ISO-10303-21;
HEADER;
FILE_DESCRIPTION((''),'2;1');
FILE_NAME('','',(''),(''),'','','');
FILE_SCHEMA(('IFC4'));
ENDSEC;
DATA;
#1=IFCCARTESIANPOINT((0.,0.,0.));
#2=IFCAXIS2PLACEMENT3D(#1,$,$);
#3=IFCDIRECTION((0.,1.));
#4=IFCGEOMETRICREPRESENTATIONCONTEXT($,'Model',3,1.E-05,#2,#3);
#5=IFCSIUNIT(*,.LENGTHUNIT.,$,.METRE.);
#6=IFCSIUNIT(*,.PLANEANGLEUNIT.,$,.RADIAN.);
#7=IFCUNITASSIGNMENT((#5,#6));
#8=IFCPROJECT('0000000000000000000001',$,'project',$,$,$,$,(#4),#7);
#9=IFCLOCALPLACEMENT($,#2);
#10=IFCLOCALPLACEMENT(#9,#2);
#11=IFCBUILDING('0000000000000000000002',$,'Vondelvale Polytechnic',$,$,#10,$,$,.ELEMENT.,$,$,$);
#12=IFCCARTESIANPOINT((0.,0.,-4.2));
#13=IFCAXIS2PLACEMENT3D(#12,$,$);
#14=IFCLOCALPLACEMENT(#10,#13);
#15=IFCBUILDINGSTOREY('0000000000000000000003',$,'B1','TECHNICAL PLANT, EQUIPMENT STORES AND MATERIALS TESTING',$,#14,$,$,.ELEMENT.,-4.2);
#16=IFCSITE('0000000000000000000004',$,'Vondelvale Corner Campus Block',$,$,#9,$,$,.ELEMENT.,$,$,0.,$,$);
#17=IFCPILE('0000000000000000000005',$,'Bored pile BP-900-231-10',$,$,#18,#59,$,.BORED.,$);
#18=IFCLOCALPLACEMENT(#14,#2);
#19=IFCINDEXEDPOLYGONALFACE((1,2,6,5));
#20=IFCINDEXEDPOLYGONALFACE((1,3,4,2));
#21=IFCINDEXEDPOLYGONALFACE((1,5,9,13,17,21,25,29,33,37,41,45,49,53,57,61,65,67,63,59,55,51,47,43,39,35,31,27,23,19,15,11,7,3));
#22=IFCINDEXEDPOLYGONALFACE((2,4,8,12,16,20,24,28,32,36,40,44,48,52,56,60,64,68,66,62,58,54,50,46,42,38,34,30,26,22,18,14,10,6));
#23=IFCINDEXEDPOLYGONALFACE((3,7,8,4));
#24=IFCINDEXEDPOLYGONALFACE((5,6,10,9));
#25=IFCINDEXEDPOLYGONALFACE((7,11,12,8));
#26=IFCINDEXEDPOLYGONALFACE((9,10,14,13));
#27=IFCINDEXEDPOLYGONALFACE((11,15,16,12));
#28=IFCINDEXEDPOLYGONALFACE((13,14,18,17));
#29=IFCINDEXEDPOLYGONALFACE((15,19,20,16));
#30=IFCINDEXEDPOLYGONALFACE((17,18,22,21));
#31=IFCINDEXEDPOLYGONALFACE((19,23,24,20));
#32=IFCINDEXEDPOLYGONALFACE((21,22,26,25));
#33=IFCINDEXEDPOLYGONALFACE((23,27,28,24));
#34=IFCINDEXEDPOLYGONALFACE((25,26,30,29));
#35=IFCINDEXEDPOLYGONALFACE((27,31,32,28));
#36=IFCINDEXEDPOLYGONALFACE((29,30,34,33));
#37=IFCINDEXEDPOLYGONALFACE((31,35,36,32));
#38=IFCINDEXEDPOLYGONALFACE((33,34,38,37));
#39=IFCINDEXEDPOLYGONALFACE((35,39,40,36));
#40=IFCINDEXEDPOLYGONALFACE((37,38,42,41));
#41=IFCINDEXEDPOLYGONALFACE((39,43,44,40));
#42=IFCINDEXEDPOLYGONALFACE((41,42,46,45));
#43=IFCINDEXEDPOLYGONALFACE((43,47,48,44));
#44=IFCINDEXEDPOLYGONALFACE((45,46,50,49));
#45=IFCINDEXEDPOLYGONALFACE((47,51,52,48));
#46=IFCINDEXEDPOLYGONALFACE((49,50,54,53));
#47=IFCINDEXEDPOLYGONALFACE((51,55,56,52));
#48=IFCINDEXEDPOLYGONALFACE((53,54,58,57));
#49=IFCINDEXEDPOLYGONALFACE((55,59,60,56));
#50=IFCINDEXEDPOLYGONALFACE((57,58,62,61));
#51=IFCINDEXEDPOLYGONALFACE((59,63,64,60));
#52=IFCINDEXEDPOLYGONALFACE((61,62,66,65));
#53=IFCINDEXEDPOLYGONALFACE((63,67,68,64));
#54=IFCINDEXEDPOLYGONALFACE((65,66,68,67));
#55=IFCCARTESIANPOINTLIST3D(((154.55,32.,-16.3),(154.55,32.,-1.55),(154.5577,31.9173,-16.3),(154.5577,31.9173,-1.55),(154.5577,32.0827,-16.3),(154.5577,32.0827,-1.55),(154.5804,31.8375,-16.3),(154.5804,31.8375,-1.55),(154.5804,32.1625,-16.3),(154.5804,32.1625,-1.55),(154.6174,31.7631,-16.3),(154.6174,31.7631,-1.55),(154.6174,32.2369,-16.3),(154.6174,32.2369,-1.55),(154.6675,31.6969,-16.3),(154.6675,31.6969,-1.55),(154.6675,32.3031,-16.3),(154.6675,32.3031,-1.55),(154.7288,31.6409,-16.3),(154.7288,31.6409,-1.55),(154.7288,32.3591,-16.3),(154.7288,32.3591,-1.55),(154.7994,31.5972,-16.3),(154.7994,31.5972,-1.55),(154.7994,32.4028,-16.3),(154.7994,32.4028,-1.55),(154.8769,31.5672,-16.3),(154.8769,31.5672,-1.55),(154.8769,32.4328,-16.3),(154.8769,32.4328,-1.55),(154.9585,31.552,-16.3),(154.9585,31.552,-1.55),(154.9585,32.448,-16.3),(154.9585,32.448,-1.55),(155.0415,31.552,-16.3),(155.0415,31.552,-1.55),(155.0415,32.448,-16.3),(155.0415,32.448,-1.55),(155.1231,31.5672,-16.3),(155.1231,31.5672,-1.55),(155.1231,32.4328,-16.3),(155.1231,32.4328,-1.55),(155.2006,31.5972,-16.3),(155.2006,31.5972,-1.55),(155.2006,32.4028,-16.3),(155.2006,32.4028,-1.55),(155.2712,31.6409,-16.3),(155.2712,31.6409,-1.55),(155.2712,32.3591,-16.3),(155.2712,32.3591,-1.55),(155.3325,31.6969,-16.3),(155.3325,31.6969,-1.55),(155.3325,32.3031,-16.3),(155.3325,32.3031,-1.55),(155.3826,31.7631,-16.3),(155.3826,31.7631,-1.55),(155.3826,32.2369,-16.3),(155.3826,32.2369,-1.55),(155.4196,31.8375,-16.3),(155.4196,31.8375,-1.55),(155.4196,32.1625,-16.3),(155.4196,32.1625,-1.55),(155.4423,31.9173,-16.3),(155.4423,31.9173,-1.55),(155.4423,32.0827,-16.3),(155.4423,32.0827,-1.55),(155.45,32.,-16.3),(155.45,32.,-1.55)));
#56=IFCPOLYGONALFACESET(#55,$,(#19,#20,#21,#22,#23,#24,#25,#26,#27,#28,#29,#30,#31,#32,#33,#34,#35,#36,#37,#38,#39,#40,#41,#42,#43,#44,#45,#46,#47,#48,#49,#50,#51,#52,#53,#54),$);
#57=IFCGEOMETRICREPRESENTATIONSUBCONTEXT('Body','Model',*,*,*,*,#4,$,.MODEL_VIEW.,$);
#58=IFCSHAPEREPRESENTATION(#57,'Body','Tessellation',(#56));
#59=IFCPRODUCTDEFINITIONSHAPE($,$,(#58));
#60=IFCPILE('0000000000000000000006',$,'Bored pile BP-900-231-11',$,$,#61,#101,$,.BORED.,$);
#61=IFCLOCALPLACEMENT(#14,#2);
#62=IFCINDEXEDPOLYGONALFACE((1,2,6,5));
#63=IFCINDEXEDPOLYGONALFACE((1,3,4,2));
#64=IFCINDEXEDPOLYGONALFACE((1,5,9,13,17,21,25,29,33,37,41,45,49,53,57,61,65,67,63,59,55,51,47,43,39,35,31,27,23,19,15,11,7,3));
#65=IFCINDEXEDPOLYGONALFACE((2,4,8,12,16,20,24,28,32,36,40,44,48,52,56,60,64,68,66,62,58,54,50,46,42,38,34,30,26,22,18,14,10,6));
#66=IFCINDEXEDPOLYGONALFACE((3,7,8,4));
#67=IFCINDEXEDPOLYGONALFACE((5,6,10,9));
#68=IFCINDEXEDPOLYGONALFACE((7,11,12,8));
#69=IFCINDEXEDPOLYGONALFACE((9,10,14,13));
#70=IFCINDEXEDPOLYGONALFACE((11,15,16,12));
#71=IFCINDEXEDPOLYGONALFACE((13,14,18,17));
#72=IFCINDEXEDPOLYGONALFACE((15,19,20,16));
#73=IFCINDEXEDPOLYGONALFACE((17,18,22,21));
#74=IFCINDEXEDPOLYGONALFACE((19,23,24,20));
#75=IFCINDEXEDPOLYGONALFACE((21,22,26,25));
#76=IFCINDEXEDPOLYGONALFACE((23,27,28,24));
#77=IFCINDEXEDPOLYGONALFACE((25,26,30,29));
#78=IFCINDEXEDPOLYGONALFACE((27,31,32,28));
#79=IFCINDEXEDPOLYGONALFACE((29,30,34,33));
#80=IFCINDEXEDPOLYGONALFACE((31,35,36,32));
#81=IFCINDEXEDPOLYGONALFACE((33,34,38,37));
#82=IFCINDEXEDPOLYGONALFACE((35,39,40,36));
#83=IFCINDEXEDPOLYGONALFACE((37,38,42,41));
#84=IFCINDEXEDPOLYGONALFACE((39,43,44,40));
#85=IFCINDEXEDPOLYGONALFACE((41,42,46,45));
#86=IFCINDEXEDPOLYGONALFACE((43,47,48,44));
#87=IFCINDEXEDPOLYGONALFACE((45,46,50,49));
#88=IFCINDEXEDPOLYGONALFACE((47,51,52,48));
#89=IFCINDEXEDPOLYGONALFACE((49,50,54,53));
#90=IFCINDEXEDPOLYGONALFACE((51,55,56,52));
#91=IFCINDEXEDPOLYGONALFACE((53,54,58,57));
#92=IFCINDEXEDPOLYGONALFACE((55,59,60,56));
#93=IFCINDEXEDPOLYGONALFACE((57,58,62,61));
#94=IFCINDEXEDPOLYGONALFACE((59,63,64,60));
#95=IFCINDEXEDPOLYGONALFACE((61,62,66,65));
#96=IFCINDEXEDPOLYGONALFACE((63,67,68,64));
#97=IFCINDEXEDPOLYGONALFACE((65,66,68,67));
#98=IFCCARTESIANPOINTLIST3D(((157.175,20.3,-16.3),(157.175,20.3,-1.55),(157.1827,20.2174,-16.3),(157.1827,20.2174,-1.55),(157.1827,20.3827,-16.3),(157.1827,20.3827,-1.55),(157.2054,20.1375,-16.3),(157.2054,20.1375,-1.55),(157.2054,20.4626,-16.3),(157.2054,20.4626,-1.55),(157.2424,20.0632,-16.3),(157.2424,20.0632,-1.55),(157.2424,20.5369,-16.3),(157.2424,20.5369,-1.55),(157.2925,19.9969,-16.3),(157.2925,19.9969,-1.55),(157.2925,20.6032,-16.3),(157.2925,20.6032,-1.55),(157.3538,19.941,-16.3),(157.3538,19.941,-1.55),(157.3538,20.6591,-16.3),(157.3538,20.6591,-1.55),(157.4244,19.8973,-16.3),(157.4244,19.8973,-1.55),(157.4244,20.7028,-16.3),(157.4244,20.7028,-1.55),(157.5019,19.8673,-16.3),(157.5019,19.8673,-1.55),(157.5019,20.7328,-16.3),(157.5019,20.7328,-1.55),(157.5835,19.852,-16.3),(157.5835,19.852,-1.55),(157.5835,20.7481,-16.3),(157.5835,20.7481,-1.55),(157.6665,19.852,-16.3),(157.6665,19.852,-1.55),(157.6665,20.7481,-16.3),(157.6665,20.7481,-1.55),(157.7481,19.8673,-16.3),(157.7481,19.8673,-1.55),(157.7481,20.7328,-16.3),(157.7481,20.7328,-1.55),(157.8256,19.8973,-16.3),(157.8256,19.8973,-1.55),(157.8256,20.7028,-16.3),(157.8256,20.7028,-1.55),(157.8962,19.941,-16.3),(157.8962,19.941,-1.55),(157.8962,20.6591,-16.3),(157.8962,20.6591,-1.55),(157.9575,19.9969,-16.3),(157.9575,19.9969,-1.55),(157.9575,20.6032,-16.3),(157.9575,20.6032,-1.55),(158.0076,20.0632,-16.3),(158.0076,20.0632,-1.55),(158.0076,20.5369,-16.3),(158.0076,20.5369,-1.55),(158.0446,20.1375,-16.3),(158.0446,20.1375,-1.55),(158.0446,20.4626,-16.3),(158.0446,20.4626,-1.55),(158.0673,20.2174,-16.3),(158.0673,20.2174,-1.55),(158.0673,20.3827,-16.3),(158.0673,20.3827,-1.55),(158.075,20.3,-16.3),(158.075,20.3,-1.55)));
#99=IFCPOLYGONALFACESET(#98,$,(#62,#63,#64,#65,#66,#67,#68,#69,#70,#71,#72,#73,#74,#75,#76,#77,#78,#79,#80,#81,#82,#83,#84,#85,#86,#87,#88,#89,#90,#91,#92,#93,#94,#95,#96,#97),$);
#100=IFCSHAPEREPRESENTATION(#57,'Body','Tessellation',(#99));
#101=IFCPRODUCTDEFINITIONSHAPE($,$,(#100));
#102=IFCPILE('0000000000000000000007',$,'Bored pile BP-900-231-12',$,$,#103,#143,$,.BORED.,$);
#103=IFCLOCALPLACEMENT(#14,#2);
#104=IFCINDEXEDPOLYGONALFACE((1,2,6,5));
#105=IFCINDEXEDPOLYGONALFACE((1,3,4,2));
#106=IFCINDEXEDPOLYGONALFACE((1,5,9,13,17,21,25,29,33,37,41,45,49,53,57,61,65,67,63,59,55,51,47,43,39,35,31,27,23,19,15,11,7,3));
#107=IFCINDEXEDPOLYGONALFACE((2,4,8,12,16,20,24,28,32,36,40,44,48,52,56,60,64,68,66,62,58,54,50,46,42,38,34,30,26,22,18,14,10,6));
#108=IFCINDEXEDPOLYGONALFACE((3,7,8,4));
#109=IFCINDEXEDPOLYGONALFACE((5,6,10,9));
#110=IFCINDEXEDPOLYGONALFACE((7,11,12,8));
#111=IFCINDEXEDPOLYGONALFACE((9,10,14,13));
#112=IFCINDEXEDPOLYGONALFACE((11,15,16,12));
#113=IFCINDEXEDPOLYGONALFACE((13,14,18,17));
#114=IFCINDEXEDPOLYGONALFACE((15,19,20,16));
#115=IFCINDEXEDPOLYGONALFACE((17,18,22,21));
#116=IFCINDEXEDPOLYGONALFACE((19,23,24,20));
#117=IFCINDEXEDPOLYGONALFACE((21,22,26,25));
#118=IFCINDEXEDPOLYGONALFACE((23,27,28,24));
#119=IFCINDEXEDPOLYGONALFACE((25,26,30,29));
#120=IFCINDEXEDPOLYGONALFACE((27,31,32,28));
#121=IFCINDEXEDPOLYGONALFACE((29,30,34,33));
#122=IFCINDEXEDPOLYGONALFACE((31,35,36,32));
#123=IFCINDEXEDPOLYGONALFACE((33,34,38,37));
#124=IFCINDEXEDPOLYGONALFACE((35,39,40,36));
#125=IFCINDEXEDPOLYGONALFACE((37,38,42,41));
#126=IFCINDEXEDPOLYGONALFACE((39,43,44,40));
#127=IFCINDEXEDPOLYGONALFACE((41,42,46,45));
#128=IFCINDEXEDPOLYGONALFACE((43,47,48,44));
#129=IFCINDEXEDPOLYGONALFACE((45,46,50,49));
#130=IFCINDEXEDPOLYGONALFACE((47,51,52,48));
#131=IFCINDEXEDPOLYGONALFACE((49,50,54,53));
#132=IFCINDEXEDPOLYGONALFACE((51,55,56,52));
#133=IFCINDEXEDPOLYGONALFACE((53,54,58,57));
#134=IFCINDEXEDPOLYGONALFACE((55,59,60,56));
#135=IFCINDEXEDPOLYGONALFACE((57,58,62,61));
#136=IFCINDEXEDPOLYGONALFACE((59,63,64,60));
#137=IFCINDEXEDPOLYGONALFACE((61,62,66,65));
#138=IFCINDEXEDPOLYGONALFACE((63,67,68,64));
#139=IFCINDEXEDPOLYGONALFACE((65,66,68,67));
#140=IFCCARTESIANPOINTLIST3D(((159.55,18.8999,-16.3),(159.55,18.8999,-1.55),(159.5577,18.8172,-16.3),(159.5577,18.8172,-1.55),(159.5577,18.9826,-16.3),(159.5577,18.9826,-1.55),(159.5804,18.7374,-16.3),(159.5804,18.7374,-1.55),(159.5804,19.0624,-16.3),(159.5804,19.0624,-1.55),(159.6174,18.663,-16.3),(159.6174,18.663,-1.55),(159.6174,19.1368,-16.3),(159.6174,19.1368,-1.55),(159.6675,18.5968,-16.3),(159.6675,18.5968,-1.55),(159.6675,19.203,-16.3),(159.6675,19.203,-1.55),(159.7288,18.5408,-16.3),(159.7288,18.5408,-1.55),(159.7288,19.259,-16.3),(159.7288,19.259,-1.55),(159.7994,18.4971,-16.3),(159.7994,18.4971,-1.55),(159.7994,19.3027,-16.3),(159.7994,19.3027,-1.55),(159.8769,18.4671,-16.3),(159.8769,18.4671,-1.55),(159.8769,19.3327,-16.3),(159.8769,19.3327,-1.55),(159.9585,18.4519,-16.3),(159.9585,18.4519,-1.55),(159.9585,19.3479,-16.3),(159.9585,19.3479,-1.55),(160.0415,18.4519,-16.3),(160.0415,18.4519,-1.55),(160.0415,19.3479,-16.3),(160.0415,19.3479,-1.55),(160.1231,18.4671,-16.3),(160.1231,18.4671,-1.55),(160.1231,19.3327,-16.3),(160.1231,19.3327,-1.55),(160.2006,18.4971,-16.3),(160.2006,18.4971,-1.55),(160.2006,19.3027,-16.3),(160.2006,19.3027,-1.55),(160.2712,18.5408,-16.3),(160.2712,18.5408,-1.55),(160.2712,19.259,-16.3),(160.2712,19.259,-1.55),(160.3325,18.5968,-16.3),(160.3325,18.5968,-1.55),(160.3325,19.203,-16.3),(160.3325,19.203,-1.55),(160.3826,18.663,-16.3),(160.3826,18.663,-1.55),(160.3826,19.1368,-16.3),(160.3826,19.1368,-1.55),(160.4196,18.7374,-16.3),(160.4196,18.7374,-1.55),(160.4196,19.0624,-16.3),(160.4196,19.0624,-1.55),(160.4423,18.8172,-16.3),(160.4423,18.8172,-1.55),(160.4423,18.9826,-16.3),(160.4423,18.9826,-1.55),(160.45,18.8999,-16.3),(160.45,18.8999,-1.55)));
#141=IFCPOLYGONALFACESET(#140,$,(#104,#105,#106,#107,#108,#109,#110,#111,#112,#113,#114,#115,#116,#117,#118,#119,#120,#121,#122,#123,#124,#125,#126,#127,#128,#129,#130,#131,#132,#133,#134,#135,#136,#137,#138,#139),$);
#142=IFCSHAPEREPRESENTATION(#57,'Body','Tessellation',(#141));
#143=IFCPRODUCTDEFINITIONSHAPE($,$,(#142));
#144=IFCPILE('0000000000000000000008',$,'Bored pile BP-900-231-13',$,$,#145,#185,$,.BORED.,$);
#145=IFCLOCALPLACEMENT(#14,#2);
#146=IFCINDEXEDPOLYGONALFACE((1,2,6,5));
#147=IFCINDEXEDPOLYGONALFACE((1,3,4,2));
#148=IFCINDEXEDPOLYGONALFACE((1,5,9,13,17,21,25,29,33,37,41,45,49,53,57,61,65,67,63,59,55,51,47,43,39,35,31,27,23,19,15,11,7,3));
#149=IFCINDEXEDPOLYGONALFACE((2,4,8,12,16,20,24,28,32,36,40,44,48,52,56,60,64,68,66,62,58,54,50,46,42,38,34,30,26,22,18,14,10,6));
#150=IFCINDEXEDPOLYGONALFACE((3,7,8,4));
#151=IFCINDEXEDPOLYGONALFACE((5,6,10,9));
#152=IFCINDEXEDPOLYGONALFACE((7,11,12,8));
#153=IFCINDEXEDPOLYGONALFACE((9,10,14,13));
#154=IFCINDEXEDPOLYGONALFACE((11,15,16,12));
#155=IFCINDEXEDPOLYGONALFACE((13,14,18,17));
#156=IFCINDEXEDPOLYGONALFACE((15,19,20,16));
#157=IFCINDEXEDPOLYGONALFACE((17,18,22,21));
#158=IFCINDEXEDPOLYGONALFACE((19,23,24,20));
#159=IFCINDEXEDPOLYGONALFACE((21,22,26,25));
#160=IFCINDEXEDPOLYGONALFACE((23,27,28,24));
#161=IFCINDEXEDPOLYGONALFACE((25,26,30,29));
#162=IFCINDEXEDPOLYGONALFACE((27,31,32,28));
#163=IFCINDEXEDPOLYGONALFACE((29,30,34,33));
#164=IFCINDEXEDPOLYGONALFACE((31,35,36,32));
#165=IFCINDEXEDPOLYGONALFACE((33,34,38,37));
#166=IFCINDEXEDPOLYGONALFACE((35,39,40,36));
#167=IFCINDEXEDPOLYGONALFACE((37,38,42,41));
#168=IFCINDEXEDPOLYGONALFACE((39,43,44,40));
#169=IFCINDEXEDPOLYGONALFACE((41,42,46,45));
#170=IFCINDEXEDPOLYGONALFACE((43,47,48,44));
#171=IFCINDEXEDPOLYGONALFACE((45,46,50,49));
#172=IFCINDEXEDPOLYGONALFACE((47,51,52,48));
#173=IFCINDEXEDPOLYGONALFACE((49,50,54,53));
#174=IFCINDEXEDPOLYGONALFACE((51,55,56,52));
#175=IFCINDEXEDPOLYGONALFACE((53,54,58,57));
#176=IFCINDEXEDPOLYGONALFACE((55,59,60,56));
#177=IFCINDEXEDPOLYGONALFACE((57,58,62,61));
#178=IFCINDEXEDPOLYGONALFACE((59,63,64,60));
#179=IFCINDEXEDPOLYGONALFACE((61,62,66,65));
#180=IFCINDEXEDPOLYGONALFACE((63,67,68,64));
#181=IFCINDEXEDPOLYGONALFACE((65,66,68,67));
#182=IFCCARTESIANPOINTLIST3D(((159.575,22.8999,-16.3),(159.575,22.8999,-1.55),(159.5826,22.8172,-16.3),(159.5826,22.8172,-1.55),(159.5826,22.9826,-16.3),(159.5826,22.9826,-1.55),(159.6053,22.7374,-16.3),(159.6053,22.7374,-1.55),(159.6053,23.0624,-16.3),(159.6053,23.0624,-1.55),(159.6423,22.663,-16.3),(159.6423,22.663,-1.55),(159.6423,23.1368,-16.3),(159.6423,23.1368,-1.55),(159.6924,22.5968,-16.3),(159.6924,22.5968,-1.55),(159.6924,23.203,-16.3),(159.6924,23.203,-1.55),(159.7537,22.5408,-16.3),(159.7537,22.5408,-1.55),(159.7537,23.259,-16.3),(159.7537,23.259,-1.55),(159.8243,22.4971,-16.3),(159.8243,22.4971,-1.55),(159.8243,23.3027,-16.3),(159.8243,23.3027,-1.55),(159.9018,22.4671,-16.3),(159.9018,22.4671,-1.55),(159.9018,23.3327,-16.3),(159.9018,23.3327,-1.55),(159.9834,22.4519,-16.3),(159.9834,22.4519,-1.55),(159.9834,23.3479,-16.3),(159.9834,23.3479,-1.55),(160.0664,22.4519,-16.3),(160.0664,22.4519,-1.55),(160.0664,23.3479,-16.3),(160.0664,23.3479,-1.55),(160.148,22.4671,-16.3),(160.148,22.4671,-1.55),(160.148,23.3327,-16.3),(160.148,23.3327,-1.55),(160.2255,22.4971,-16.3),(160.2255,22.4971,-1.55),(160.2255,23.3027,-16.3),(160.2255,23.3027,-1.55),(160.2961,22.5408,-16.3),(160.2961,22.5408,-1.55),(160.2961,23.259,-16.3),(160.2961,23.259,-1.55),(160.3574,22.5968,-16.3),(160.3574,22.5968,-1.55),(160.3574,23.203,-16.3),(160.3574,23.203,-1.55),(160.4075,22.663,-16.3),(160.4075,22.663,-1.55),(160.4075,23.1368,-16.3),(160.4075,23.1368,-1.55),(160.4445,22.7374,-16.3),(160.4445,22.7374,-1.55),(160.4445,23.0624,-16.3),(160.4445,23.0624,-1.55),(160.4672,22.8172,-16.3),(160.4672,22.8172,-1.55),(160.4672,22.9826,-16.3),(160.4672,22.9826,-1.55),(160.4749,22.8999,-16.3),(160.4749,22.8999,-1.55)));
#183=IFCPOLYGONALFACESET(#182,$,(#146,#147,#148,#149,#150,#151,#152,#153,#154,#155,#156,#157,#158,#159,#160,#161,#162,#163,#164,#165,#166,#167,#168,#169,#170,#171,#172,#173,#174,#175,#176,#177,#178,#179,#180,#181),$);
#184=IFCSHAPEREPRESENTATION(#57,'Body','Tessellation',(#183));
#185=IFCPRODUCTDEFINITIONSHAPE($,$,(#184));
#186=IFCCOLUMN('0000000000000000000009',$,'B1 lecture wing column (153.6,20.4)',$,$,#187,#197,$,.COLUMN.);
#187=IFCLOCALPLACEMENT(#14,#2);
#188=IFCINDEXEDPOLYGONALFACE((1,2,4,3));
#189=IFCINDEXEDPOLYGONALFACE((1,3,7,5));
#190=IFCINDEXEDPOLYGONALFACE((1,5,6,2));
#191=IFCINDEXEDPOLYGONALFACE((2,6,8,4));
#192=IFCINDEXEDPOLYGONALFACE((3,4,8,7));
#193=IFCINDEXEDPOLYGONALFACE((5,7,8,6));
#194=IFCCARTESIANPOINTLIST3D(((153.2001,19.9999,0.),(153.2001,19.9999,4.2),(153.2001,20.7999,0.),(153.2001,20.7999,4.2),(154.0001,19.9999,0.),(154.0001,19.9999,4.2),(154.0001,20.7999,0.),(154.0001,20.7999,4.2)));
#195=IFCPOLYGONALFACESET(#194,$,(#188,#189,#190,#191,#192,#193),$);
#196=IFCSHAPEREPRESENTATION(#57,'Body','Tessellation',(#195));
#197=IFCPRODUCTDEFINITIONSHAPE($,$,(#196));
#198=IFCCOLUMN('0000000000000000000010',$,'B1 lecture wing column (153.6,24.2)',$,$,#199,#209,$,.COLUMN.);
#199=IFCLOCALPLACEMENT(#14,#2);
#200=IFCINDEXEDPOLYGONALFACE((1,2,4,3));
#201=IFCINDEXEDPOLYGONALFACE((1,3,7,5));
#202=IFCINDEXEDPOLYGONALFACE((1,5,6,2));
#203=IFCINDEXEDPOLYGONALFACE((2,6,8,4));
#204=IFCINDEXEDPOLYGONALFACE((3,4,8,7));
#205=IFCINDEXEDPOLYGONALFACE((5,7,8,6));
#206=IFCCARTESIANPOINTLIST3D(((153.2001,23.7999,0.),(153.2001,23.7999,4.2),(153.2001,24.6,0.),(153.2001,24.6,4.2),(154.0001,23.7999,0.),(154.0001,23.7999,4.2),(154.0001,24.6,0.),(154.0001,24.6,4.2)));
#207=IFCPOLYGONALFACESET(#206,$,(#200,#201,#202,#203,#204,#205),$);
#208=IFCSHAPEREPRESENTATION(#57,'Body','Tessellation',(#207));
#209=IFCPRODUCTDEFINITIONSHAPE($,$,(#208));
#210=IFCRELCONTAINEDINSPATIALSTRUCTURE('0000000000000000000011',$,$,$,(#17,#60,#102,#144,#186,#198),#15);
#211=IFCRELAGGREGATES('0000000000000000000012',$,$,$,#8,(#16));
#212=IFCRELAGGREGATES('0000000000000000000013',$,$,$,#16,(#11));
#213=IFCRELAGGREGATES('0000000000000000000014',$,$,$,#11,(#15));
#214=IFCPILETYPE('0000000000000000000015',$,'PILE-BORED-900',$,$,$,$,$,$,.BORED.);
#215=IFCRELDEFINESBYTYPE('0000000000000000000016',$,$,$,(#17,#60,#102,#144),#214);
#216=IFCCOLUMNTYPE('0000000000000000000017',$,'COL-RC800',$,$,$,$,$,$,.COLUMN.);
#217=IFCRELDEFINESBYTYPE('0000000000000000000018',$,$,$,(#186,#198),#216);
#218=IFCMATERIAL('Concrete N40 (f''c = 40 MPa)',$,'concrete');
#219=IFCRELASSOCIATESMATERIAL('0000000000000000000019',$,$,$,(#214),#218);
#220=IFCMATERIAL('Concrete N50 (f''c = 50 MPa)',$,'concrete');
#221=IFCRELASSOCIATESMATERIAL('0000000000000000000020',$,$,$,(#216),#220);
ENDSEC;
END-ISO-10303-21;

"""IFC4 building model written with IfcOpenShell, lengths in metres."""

from ifc_helpers import new_model, si_unit, direction, frame, origin, origin_2d, place, context, subcontext, project, spatial, rectangle, circle, extrude, material, material_profile, profile_set, type_object, element, save


model = new_model("IFC4")

# Units and contexts
model_context = context("Model", 3, precision=1e-05, world=origin(), true_north=direction((0.0, 1.0)))
body_context = subcontext(model_context, "Body", "Model", "MODEL_VIEW")
ifc_project = project(units=[si_unit("LENGTHUNIT", "METRE"), si_unit("PLANEANGLEUNIT", "RADIAN")], contexts=[model_context])

# Site, building, storey
site_placement = place(None, origin())
site = spatial("IfcSite", under=ifc_project, at=site_placement, Name="Vondelvale Corner Campus Block", CompositionType="ELEMENT", RefElevation=0.0)
building_placement = place(site_placement, origin())
building = spatial("IfcBuilding", under=site, at=building_placement, Name="Vondelvale Polytechnic", CompositionType="ELEMENT")
storey_placement = place(building_placement, frame((0.0, 0.0, -4.2)))
storey = spatial("IfcBuildingStorey", under=building, at=storey_placement, Name="B1", Description="TECHNICAL PLANT, EQUIPMENT STORES AND MATERIALS TESTING", CompositionType="ELEMENT", Elevation=-4.2)

# Shared definitions
ifc_material_1 = material(Name="Concrete N40 (f'c = 40 MPa)", Category="concrete")

# Piles
ifc_material_profile_1 = material_profile(ifc_material_1, circle(Radius=0.45, at=origin_2d()), Name="PILE-D900")
ifc_profile_set_1 = profile_set([ifc_material_profile_1], Name="Concrete N40 (f'c = 40 MPa)")
pile_type = type_object("IfcPileType", Name="PILE-BORED-900", PredefinedType="BORED", material=ifc_profile_set_1)
for number, where, z_axis, x_axis, name in (
    (1, (155.0, 32.0, -1.55), (0.0, 0.0, -1.0), (1.0, 0.0, 0.0), "Bored pile BP-900-231-10"),
    (2, (157.625, 20.3, -1.55), (0.0, 0.0, -1.0), (1.0, 0.0, 0.0), "Bored pile BP-900-231-11"),
    (3, (160.0, 18.8999, -1.55), (0.0, 0.0, -1.0), (1.0, 0.0, 0.0), "Bored pile BP-900-231-12"),
    (4, (160.0249, 22.8999, -1.55), (0.0, 0.0, -1.0), (1.0, 0.0, 0.0), "Bored pile BP-900-231-13"),
):
    element("IfcPile", number, at=place(storey_placement, frame(where, z_axis=z_axis, x_axis=x_axis)), inside=storey, type_object=pile_type, Name=name, PredefinedType="BORED", context=body_context, shape_type="SweptSolid", body=[
        extrude(circle(Radius=0.45, at=origin_2d()), origin(), (0.0, 0.0, 1.0), 14.75),
    ])

# Columns
ifc_material_2 = material(Name="Concrete N50 (f'c = 50 MPa)", Category="concrete")
ifc_material_profile_2 = material_profile(ifc_material_2, rectangle(XDim=0.8, YDim=0.8, at=origin_2d()), Name="RC-COL-800x800")
ifc_profile_set_2 = profile_set([ifc_material_profile_2], Name="Concrete N50 (f'c = 50 MPa)")
column_type = type_object("IfcColumnType", Name="COL-RC800", PredefinedType="COLUMN", material=ifc_profile_set_2)
for number, where, z_axis, x_axis, name in (
    (5, (153.6001, 20.3999, 0.0), (0.0, 0.0, 1.0), (1.0, 0.0, 0.0), "B1 lecture wing column (153.6,20.4)"),
    (6, (153.6001, 24.2, 0.0), (0.0, 0.0, 1.0), (1.0, 0.0, 0.0), "B1 lecture wing column (153.6,24.2)"),
):
    element("IfcColumn", number, at=place(storey_placement, frame(where, z_axis=z_axis, x_axis=x_axis)), inside=storey, type_object=column_type, Name=name, PredefinedType="COLUMN", context=body_context, shape_type="SweptSolid", body=[
        extrude(rectangle(XDim=0.8, YDim=0.8, at=origin_2d()), origin(), (0.0, 0.0, 1.0), 4.2),
    ])

save(model, "model.ifc")
